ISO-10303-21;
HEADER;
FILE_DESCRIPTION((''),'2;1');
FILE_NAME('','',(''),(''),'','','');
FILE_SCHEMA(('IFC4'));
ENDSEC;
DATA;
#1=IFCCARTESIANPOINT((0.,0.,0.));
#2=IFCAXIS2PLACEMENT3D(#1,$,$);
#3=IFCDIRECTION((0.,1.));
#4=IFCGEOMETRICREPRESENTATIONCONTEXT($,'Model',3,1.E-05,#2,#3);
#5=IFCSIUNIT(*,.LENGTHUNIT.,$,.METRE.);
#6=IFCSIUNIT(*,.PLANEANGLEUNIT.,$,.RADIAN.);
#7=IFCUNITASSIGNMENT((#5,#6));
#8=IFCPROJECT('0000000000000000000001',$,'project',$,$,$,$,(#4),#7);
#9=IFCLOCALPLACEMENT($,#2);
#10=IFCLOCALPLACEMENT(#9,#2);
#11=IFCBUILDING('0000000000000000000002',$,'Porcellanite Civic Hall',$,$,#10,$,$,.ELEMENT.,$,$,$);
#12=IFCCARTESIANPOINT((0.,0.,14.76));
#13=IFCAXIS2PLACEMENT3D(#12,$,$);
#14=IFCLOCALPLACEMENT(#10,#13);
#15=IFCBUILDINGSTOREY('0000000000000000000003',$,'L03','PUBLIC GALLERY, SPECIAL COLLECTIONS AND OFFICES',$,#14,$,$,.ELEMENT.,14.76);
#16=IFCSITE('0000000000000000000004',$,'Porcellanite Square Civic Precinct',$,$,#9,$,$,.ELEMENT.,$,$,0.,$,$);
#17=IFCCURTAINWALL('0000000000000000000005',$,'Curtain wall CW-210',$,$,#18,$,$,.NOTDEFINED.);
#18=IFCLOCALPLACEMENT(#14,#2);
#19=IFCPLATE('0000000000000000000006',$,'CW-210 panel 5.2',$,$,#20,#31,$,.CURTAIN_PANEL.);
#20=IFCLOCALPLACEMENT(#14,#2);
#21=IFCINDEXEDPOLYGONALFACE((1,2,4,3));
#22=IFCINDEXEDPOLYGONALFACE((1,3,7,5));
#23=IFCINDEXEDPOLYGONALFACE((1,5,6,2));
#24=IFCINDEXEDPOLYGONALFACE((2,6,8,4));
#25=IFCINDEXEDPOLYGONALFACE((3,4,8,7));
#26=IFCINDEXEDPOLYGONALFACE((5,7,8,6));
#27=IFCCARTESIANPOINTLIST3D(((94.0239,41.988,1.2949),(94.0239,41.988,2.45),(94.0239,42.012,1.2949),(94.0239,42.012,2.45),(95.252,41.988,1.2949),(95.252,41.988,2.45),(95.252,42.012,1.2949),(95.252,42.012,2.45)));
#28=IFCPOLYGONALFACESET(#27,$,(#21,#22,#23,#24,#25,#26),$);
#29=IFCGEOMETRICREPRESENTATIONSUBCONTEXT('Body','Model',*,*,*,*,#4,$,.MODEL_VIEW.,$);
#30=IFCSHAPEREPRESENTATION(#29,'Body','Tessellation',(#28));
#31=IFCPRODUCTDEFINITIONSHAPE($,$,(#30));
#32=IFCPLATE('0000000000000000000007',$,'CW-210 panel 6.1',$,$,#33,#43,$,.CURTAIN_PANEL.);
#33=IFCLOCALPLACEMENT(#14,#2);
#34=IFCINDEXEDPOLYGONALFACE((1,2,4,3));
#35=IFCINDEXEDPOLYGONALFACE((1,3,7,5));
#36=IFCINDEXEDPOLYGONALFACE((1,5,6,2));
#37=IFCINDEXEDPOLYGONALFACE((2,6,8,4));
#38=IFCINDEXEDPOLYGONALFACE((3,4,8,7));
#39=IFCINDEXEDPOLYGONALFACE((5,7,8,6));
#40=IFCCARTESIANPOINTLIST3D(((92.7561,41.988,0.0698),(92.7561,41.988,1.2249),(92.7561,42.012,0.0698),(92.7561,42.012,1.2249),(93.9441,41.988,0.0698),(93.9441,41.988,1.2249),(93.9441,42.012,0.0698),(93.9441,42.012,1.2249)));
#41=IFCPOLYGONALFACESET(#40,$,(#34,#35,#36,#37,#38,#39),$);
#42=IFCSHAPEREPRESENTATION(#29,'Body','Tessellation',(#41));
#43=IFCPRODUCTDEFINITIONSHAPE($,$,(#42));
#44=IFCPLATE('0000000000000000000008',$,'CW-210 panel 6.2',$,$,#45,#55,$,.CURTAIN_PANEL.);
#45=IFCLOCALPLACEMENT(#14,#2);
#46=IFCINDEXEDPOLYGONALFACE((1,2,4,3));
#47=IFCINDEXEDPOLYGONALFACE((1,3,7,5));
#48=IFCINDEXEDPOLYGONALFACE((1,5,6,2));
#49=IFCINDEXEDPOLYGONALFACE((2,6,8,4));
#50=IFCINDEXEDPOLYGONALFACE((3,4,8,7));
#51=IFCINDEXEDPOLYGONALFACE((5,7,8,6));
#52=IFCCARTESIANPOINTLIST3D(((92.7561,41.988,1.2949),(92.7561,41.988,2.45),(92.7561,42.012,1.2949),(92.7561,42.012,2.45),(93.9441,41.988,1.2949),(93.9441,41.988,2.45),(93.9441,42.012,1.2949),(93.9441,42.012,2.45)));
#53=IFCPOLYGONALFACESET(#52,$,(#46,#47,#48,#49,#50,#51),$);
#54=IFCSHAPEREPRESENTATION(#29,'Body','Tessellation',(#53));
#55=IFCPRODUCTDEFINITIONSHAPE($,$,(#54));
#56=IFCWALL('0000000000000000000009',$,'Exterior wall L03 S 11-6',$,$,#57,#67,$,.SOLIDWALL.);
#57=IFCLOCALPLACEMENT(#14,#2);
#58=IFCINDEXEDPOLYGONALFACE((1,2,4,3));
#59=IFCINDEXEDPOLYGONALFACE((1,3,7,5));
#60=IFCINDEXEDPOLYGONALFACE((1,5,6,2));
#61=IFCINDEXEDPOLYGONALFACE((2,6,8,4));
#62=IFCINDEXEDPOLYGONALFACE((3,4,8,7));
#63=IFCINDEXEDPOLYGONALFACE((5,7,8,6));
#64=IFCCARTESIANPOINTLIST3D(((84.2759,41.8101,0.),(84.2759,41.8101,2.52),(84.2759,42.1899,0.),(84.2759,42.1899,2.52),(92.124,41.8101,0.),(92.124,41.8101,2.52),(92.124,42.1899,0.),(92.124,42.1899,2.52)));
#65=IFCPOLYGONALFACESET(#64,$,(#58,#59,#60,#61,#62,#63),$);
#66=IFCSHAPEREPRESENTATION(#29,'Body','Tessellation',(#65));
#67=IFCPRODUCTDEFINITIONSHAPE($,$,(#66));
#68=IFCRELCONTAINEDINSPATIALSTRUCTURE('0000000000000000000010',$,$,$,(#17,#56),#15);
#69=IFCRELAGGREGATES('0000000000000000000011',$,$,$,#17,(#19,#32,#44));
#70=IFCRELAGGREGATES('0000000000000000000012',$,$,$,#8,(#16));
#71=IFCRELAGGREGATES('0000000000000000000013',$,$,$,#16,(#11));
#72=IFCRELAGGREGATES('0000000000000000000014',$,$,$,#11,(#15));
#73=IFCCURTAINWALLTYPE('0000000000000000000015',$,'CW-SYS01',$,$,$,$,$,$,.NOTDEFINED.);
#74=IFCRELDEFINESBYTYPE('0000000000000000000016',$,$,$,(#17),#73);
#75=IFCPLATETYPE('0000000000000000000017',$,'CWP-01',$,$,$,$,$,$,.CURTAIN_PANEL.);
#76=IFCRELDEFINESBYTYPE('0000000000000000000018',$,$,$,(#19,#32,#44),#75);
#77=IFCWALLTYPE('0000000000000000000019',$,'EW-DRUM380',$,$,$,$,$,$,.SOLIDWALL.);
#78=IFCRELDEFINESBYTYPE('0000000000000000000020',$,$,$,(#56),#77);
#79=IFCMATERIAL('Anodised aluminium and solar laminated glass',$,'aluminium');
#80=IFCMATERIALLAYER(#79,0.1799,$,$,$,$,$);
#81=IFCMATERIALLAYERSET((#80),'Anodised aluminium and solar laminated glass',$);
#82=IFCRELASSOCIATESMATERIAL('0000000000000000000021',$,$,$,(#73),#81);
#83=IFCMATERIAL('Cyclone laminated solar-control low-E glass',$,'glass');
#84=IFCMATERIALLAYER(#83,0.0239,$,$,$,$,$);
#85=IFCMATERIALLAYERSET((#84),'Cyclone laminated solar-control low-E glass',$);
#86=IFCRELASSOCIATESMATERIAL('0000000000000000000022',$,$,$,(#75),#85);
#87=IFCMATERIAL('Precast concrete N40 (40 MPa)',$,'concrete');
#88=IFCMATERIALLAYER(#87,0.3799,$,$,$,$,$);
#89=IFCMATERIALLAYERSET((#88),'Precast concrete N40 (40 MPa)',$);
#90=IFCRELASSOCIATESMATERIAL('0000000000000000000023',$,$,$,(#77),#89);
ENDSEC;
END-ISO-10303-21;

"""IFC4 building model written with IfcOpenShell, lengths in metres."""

from ifc_helpers import new_model, si_unit, direction, frame, frame_2d, origin, origin_2d, place, context, subcontext, project, spatial, rectangle, extrude, material, layer, layer_set, type_object, element, aggregate, save


model = new_model("IFC4")

# Units and contexts
model_context = context("Model", 3, precision=1e-05, world=origin(), true_north=direction((0.0, 1.0)))
body_context = subcontext(model_context, "Body", "Model", "MODEL_VIEW")
ifc_project = project(units=[si_unit("LENGTHUNIT", "METRE"), si_unit("PLANEANGLEUNIT", "RADIAN")], contexts=[model_context])

# Site, building, storey
site_placement = place(None, origin())
site = spatial("IfcSite", under=ifc_project, at=site_placement, Name="Porcellanite Square Civic Precinct", CompositionType="ELEMENT", RefElevation=0.0)
building_placement = place(site_placement, origin())
building = spatial("IfcBuilding", under=site, at=building_placement, Name="Porcellanite Civic Hall", CompositionType="ELEMENT")
storey_placement = place(building_placement, frame((0.0, 0.0, 14.76)))
storey = spatial("IfcBuildingStorey", under=building, at=storey_placement, Name="L03", Description="PUBLIC GALLERY, SPECIAL COLLECTIONS AND OFFICES", CompositionType="ELEMENT", Elevation=14.76)

# Curtain wall
ifc_material_1 = material(Name="Anodised aluminium and solar laminated glass", Category="aluminium")
ifc_layer_1 = layer(ifc_material_1, 0.1799)
ifc_layer_set_1 = layer_set([ifc_layer_1], Name="Anodised aluminium and solar laminated glass")
curtain_wall_type = type_object("IfcCurtainWallType", Name="CW-SYS01", PredefinedType="NOTDEFINED", material=ifc_layer_set_1)
curtain_wall_placement = place(storey_placement, origin())
curtain_wall = element("IfcCurtainWall", 1, at=curtain_wall_placement, inside=storey, type_object=curtain_wall_type, Name="Curtain wall CW-210", PredefinedType="NOTDEFINED")

# Plates
ifc_material_2 = material(Name="Cyclone laminated solar-control low-E glass", Category="glass")
ifc_layer_2 = layer(ifc_material_2, 0.0239)
ifc_layer_set_2 = layer_set([ifc_layer_2], Name="Cyclone laminated solar-control low-E glass")
plate_type = type_object("IfcPlateType", Name="CWP-01", PredefinedType="CURTAIN_PANEL", material=ifc_layer_set_2)
plate_1_placement = place(storey_placement, frame((94.6379, 42.0, 1.2949), z_axis=(0.0, 0.0, 1.0), x_axis=(-1.0, 0.0, 0.0)))
plate_1 = element("IfcPlate", 2, at=plate_1_placement, type_object=plate_type, Name="CW-210 panel 5.2", PredefinedType="CURTAIN_PANEL", context=body_context, shape_type="SweptSolid", body=[
    extrude(rectangle(XDim=1.228, YDim=0.0239, at=origin_2d()), origin(), (0.0, 0.0, 1.0), 1.155),
])
plate_2_placement = place(storey_placement, frame((93.3501, 42.0, 0.0698), z_axis=(0.0, 0.0, 1.0), x_axis=(-1.0, 0.0, 0.0)))
plate_2 = element("IfcPlate", 3, at=plate_2_placement, type_object=plate_type, Name="CW-210 panel 6.1", PredefinedType="CURTAIN_PANEL", context=body_context, shape_type="SweptSolid", body=[
    extrude(rectangle(XDim=1.188, YDim=0.0239, at=origin_2d()), origin(), (0.0, 0.0, 1.0), 1.155),
])
plate_3_placement = place(storey_placement, frame((93.3501, 42.0, 1.2949), z_axis=(0.0, 0.0, 1.0), x_axis=(-1.0, 0.0, 0.0)))
plate_3 = element("IfcPlate", 4, at=plate_3_placement, type_object=plate_type, Name="CW-210 panel 6.2", PredefinedType="CURTAIN_PANEL", context=body_context, shape_type="SweptSolid", body=[
    extrude(rectangle(XDim=1.188, YDim=0.0239, at=origin_2d()), origin(), (0.0, 0.0, 1.0), 1.155),
])
aggregate(curtain_wall, [plate_1, plate_2, plate_3])

# Wall
ifc_material_3 = material(Name="Precast concrete N40 (40 MPa)", Category="concrete")
ifc_layer_3 = layer(ifc_material_3, 0.3799)
ifc_layer_set_3 = layer_set([ifc_layer_3], Name="Precast concrete N40 (40 MPa)")
wall_type = type_object("IfcWallType", Name="EW-DRUM380", PredefinedType="SOLIDWALL", material=ifc_layer_set_3)
wall_placement = place(storey_placement, frame((92.124, 42.0, 0.0), z_axis=(0.0, 0.0, 1.0), x_axis=(-1.0, 0.0, 0.0)))
element("IfcWall", 5, at=wall_placement, inside=storey, type_object=wall_type, Name="Exterior wall L03 S 11-6", PredefinedType="SOLIDWALL", context=body_context, shape_type="SweptSolid", body=[
    extrude(rectangle(XDim=7.8481, YDim=0.3799, at=frame_2d((3.9241, 0.0))), origin(), (0.0, 0.0, 1.0), 2.52),
])

save(model, "model.ifc")
